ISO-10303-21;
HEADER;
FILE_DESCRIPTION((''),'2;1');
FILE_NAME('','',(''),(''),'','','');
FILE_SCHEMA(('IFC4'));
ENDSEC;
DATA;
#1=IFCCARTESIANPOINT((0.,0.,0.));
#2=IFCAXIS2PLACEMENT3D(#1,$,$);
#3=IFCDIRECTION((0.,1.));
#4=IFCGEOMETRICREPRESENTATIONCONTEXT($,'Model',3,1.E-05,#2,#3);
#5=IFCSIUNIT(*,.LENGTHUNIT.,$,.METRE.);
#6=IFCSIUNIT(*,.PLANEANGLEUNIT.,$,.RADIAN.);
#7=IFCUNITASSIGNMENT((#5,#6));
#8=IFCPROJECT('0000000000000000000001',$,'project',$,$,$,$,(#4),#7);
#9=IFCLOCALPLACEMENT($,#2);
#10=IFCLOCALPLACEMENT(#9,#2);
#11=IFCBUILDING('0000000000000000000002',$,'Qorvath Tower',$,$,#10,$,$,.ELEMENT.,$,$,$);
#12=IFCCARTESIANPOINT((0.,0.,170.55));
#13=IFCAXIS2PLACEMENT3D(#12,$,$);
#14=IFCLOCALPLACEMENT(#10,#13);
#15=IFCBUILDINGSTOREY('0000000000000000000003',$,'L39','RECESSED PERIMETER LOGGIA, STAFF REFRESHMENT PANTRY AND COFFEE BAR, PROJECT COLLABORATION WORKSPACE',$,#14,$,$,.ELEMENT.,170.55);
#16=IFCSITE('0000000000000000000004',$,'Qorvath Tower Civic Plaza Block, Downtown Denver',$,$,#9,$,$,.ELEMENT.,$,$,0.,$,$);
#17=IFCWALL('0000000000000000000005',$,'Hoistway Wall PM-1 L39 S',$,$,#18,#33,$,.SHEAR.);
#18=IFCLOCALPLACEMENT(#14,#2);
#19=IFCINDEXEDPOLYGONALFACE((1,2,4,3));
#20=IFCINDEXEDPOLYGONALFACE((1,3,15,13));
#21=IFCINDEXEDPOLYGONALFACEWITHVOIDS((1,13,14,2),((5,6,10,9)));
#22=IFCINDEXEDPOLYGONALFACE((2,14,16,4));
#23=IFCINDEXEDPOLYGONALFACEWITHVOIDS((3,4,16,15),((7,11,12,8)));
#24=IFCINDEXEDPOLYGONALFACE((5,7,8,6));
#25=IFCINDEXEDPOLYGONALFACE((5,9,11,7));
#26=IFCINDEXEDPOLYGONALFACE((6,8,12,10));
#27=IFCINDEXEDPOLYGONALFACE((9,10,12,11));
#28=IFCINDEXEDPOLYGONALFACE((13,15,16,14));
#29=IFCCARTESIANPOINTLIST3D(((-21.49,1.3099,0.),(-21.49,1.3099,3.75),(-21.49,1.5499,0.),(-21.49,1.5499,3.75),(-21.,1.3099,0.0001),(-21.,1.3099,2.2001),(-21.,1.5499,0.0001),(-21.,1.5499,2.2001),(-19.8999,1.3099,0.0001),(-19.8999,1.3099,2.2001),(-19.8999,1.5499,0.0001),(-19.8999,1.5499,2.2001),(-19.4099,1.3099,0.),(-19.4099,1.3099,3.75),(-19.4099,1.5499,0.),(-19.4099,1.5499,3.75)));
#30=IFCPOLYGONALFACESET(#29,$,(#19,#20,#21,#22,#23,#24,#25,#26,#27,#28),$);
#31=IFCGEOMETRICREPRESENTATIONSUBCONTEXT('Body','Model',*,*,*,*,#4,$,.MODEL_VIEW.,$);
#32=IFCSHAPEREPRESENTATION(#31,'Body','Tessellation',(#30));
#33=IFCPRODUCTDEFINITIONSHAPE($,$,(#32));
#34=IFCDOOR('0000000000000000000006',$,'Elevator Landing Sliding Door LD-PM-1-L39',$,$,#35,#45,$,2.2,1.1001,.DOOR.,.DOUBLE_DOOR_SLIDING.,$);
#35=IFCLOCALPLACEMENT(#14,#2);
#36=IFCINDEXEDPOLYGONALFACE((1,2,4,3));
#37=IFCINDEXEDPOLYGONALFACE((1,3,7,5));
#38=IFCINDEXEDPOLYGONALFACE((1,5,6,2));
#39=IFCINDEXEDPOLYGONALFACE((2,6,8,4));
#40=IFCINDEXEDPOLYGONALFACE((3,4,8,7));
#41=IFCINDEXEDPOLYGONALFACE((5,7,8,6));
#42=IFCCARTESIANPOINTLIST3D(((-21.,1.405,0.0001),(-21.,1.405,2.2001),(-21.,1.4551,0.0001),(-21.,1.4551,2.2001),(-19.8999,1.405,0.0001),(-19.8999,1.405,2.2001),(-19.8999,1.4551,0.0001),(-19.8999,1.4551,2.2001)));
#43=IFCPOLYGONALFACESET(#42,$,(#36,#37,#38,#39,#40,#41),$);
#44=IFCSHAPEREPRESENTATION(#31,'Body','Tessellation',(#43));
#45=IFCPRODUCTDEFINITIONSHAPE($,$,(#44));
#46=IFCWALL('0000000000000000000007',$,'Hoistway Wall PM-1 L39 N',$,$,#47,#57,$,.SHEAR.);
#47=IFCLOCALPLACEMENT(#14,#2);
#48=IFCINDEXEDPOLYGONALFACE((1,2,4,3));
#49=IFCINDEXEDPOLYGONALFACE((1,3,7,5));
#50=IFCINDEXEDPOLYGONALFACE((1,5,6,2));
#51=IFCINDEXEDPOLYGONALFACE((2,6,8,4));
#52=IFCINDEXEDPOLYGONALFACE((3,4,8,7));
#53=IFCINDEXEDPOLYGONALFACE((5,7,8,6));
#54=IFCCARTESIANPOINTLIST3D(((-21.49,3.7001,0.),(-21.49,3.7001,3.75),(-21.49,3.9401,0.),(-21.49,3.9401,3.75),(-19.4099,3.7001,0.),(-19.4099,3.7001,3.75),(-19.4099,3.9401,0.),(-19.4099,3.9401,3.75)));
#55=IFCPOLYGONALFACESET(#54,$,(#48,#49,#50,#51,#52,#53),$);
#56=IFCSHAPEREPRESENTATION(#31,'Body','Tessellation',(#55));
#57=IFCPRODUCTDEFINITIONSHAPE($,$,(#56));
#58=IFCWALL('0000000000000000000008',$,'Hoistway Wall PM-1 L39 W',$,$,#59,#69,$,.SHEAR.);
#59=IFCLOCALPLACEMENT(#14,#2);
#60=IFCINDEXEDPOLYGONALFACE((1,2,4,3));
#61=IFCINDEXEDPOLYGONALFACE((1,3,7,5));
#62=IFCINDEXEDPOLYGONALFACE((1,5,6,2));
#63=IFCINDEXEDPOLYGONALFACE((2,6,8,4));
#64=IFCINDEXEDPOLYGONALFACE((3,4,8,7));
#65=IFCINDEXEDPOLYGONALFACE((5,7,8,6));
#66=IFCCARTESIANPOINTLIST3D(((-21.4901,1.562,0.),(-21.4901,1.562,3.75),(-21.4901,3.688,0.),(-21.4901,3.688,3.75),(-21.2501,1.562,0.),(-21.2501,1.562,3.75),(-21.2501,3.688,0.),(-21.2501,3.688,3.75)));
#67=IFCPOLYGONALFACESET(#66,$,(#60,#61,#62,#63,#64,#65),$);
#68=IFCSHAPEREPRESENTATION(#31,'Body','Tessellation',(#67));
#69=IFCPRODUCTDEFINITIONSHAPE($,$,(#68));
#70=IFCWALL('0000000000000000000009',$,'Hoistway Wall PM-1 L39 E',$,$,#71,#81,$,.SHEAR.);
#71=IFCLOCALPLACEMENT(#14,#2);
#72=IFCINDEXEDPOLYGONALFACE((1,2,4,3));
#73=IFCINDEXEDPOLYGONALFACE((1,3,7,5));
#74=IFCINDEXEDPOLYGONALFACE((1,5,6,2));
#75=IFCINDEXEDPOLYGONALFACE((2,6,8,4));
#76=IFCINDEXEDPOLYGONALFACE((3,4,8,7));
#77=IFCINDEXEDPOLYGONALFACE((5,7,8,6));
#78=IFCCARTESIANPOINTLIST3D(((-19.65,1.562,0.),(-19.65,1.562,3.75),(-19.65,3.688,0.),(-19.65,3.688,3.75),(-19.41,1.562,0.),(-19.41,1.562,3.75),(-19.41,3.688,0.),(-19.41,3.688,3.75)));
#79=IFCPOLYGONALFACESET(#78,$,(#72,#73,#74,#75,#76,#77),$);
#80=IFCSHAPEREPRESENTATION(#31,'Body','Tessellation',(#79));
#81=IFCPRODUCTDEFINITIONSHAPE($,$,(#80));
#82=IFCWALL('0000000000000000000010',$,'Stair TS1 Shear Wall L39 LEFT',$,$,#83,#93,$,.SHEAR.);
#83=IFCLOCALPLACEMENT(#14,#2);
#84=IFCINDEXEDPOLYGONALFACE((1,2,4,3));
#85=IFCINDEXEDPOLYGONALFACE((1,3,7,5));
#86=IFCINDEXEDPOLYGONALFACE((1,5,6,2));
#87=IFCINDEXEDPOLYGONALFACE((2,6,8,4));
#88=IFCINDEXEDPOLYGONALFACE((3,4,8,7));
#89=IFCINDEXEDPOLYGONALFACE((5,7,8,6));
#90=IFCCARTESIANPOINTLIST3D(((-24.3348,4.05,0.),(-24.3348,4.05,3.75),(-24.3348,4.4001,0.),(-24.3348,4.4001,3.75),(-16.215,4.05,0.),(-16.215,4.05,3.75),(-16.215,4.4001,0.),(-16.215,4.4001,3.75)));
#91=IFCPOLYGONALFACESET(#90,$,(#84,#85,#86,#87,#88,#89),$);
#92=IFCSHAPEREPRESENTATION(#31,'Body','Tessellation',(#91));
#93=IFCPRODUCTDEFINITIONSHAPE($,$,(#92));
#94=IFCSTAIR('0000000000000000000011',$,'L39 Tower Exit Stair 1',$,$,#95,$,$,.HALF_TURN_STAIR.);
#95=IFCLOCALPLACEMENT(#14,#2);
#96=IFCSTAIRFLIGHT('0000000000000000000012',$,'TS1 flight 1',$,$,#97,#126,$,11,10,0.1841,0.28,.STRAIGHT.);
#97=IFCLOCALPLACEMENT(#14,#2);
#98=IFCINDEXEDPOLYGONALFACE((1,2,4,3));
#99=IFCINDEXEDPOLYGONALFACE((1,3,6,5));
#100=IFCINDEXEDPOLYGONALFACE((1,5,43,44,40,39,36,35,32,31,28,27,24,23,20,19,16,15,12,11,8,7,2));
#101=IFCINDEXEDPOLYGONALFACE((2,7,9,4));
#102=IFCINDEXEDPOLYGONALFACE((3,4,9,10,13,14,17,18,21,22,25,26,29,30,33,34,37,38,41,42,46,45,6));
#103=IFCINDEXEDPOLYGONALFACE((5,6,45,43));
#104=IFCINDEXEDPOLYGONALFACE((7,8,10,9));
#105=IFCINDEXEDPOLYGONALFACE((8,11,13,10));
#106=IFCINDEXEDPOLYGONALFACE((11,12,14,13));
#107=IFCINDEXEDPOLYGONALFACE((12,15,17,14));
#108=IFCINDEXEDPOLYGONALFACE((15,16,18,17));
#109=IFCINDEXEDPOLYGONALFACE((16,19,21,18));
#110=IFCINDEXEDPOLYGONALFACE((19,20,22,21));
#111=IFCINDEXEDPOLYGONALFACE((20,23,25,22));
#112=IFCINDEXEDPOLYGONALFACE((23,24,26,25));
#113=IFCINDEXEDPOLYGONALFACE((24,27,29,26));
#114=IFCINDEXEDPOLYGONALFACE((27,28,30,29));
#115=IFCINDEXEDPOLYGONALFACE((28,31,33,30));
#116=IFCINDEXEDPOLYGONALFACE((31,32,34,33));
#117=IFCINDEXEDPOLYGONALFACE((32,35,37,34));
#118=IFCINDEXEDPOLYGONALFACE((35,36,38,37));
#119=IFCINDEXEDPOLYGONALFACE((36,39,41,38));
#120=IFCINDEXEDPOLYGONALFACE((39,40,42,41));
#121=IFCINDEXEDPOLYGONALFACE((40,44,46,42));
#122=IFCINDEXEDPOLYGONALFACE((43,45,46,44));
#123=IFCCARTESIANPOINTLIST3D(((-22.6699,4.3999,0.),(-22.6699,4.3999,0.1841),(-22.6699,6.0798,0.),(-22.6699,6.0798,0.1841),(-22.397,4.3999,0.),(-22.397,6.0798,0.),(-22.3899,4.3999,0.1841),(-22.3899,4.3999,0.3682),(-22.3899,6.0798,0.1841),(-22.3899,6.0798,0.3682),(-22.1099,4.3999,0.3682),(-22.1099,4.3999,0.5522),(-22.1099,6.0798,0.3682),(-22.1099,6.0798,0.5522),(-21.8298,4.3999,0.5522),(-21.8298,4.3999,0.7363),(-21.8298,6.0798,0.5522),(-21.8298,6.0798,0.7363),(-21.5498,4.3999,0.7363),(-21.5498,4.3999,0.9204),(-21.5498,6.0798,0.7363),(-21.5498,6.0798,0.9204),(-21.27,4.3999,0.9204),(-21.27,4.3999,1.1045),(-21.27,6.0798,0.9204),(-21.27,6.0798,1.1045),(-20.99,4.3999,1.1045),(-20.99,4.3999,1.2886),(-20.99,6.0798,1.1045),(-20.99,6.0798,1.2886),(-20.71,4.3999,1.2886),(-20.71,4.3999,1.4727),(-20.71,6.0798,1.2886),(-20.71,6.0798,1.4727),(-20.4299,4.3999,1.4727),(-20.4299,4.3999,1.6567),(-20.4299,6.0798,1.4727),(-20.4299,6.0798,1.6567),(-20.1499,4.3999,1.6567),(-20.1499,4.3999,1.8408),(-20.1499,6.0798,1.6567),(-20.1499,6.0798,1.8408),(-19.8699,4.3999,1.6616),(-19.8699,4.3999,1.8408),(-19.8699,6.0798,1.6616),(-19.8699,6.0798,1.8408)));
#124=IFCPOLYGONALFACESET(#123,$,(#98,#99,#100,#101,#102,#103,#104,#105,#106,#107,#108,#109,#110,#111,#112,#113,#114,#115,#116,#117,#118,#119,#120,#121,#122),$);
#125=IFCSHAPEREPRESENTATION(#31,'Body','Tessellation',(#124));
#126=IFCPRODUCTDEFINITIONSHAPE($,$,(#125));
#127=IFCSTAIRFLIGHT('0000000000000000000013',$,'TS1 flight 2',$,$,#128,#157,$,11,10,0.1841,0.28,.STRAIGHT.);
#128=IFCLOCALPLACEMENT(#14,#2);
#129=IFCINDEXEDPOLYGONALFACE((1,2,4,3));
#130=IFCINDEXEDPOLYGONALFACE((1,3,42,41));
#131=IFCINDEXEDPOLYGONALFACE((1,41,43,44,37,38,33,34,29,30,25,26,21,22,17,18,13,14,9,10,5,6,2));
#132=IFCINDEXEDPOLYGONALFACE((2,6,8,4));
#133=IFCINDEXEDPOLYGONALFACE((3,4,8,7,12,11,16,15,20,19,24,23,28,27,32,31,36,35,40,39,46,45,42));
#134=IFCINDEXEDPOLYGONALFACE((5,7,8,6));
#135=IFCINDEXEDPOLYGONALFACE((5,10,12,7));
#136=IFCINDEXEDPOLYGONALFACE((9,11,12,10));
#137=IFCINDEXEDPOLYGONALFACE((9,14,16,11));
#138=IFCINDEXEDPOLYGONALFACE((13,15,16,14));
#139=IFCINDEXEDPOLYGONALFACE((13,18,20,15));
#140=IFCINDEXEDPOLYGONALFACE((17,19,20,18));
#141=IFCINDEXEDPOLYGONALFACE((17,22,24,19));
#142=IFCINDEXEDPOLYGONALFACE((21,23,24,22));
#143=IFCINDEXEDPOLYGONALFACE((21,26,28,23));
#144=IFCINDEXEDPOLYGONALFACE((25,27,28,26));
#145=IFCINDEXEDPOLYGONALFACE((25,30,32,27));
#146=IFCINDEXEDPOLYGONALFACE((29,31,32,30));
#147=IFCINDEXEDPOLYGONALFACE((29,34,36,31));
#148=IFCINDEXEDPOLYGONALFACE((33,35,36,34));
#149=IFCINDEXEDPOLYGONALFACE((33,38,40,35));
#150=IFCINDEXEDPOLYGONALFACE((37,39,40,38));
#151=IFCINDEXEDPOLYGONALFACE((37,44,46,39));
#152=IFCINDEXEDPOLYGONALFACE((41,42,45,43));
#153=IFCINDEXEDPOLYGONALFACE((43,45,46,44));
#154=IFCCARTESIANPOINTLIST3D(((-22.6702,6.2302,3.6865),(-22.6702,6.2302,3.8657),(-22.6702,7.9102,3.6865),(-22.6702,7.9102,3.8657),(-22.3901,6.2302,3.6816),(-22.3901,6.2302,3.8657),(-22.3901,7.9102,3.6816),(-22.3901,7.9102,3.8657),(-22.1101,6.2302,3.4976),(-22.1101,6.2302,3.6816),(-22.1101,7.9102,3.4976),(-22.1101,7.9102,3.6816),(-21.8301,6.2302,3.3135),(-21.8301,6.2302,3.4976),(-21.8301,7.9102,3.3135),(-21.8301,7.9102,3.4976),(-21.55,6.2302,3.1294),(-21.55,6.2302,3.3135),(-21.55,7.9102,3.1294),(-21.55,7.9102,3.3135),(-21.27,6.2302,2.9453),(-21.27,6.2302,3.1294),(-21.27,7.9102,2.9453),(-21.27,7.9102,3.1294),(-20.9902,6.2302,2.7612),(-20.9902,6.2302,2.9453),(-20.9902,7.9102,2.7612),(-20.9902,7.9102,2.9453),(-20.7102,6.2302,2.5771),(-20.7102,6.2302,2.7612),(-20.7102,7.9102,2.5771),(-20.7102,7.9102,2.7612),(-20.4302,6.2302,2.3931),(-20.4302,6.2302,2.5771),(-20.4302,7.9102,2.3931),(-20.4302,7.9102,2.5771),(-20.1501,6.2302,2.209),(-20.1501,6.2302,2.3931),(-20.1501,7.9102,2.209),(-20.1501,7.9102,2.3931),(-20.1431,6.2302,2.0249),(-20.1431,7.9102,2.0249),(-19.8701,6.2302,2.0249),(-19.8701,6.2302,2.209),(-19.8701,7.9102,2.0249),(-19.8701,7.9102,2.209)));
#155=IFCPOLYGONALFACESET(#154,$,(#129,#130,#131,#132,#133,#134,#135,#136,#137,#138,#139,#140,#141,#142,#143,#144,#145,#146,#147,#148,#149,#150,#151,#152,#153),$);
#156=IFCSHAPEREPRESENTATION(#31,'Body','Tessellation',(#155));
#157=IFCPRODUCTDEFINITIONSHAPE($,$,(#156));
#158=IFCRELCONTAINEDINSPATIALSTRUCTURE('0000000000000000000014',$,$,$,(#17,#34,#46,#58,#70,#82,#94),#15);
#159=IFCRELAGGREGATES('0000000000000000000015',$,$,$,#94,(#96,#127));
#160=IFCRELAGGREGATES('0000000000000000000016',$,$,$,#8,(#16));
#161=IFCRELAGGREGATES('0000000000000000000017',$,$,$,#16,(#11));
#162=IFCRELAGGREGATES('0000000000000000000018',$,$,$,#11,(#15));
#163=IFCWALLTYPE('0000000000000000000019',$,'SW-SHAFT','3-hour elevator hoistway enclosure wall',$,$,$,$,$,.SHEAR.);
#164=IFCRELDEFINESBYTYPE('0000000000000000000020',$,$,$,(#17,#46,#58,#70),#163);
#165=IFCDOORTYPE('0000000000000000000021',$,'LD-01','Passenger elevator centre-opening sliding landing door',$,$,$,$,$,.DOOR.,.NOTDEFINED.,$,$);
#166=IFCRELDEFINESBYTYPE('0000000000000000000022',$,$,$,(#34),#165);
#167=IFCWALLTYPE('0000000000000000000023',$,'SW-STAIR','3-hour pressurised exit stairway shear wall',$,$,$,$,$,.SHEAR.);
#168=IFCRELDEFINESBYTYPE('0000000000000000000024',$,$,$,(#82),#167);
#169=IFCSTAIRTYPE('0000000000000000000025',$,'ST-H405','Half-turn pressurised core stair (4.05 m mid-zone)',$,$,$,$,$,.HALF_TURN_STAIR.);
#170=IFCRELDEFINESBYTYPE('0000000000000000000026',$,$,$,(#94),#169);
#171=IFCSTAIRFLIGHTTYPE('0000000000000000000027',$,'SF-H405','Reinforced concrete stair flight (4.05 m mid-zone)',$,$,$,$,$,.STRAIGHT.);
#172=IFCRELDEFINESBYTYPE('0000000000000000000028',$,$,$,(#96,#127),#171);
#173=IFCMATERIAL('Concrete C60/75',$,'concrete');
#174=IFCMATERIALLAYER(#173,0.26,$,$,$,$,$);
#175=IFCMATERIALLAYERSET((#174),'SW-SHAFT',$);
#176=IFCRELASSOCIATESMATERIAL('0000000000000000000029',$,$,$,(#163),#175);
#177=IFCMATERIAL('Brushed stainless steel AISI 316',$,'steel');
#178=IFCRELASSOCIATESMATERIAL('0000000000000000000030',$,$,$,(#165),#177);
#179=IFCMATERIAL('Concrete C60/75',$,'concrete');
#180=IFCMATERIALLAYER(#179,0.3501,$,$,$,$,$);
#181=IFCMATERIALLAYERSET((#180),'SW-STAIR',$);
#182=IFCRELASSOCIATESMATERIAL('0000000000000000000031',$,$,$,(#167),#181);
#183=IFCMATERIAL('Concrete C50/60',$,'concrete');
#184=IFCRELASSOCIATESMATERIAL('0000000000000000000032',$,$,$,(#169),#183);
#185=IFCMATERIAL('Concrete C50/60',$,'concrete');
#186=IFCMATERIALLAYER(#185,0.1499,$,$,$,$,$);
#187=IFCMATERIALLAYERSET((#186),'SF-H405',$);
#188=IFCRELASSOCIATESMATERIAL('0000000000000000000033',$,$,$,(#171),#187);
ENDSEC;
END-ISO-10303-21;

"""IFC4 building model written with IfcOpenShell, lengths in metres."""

from ifc_helpers import new_model, si_unit, direction, frame, frame_2d, origin, place, context, subcontext, project, spatial, polyline, rectangle, outline, extrude, material, layer, layer_set, type_object, element, fill, aggregate, save


model = new_model("IFC4")

# Units and contexts
model_context = context("Model", 3, precision=1e-05, world=origin(), true_north=direction((0.0, 1.0)))
body_context = subcontext(model_context, "Body", "Model", "MODEL_VIEW")
ifc_project = project(units=[si_unit("LENGTHUNIT", "METRE"), si_unit("PLANEANGLEUNIT", "RADIAN")], contexts=[model_context])

# Site, building, storey
site_placement = place(None, origin())
site = spatial("IfcSite", under=ifc_project, at=site_placement, Name="Qorvath Tower Civic Plaza Block, Downtown Denver", CompositionType="ELEMENT", RefElevation=0.0)
building_placement = place(site_placement, origin())
building = spatial("IfcBuilding", under=site, at=building_placement, Name="Qorvath Tower", CompositionType="ELEMENT")
storey_placement = place(building_placement, frame((0.0, 0.0, 170.55)))
storey = spatial("IfcBuildingStorey", under=building, at=storey_placement, Name="L39", Description="RECESSED PERIMETER LOGGIA, STAFF REFRESHMENT PANTRY AND COFFEE BAR, PROJECT COLLABORATION WORKSPACE", CompositionType="ELEMENT", Elevation=170.55)

# Shared definitions
ifc_material_1 = material(Name="Concrete C60/75", Category="concrete")
ifc_layer_1 = layer(ifc_material_1, 0.26)
ifc_layer_set_1 = layer_set([ifc_layer_1], Name="SW-SHAFT")
wall_type_1 = type_object("IfcWallType", Name="SW-SHAFT", Description="3-hour elevator hoistway enclosure wall", PredefinedType="SHEAR", material=ifc_layer_set_1)

# Wall, opening, door
wall_1_placement = place(storey_placement, frame((-19.4099, 1.4299, 0.0), z_axis=(0.0, 0.0, 1.0), x_axis=(-1.0, 0.0, 0.0)))
wall_1 = element("IfcWall", 1, at=wall_1_placement, inside=storey, type_object=wall_type_1, Name="Hoistway Wall PM-1 L39 S", PredefinedType="SHEAR", context=body_context, shape_type="SweptSolid", body=[
    extrude(rectangle(XDim=2.0801, YDim=0.24, at=frame_2d((1.04, 0.0))), origin(), (0.0, 0.0, 1.0), 3.75),
])
opening_1_placement = place(wall_1_placement, frame((0.49, 0.0, 0.0)))
opening_1 = element("IfcOpeningElement", 2, at=opening_1_placement, cuts=wall_1, PredefinedType="OPENING", context=body_context, shape_type="SweptSolid", body=[
    extrude(rectangle(XDim=1.1001, YDim=2.2, at=frame_2d((0.55, 1.1001))), frame((0.0, 0.1299, 0.0), z_axis=(0.0, -1.0, 0.0), x_axis=(1.0, 0.0, 0.0)), (0.0, 0.0, 1.0), 0.26),
])
ifc_material_2 = material(Name="Brushed stainless steel AISI 316", Category="steel")
door_type_1 = type_object("IfcDoorType", Name="LD-01", Description="Passenger elevator centre-opening sliding landing door", OperationType="NOTDEFINED", PredefinedType="DOOR", material=ifc_material_2)
door_1_placement = place(opening_1_placement, origin())
door_1 = element("IfcDoor", 3, at=door_1_placement, inside=storey, type_object=door_type_1, Name="Elevator Landing Sliding Door LD-PM-1-L39", OperationType="DOUBLE_DOOR_SLIDING", OverallHeight=2.2, OverallWidth=1.1001, PredefinedType="DOOR", context=body_context, shape_type="SweptSolid", body=[
    extrude(rectangle(XDim=1.1001, YDim=2.2, at=frame_2d((0.55, 1.1001))), frame((0.0, 0.0249, 0.0), z_axis=(0.0, -1.0, 0.0), x_axis=(1.0, 0.0, 0.0)), (0.0, 0.0, 1.0), 0.05),
])
fill(opening_1, door_1)

# Walls
wall_2_placement = place(storey_placement, frame((-21.49, 3.8201, 0.0), z_axis=(0.0, 0.0, 1.0), x_axis=(1.0, 0.0, 0.0)))
element("IfcWall", 4, at=wall_2_placement, inside=storey, type_object=wall_type_1, Name="Hoistway Wall PM-1 L39 N", PredefinedType="SHEAR", context=body_context, shape_type="SweptSolid", body=[
    extrude(rectangle(XDim=2.0801, YDim=0.24, at=frame_2d((1.04, 0.0))), origin(), (0.0, 0.0, 1.0), 3.75),
])
for number, where, z_axis, x_axis, name in (
    (5, (-21.3701, 1.562, 0.0), (0.0, 0.0, 1.0), (0.0, 1.0, 0.0), "Hoistway Wall PM-1 L39 W"),
    (6, (-19.53, 3.688, 0.0), (0.0, 0.0, 1.0), (0.0, -1.0, 0.0), "Hoistway Wall PM-1 L39 E"),
):
    element("IfcWall", number, at=place(storey_placement, frame(where, z_axis=z_axis, x_axis=x_axis)), inside=storey, type_object=wall_type_1, Name=name, PredefinedType="SHEAR", context=body_context, shape_type="SweptSolid", body=[
        extrude(rectangle(XDim=2.126, YDim=0.24, at=frame_2d((1.063, 0.0))), origin(), (0.0, 0.0, 1.0), 3.75),
    ])
ifc_material_3 = material(Name="Concrete C60/75", Category="concrete")
ifc_layer_2 = layer(ifc_material_3, 0.3501)
ifc_layer_set_2 = layer_set([ifc_layer_2], Name="SW-STAIR")
wall_type_2 = type_object("IfcWallType", Name="SW-STAIR", Description="3-hour pressurised exit stairway shear wall", PredefinedType="SHEAR", material=ifc_layer_set_2)
wall_3_placement = place(storey_placement, frame((-24.335, 4.2251, 0.0), z_axis=(0.0, 0.0, 1.0), x_axis=(1.0, 0.0, 0.0)))
element("IfcWall", 7, at=wall_3_placement, inside=storey, type_object=wall_type_2, Name="Stair TS1 Shear Wall L39 LEFT", PredefinedType="SHEAR", context=body_context, shape_type="SweptSolid", body=[
    extrude(rectangle(XDim=8.1199, YDim=0.3501, at=frame_2d((4.0601, 0.0))), origin(), (0.0, 0.0, 1.0), 3.75),
])

# Stair, stair flights
ifc_material_4 = material(Name="Concrete C50/60", Category="concrete")
stair_type = type_object("IfcStairType", Name="ST-H405", Description="Half-turn pressurised core stair (4.05 m mid-zone)", PredefinedType="HALF_TURN_STAIR", material=ifc_material_4)
stair_placement = place(storey_placement, origin())
stair = element("IfcStair", 8, at=stair_placement, inside=storey, type_object=stair_type, Name="L39 Tower Exit Stair 1", PredefinedType="HALF_TURN_STAIR")
ifc_material_5 = material(Name="Concrete C50/60", Category="concrete")
ifc_layer_3 = layer(ifc_material_5, 0.1499)
ifc_layer_set_3 = layer_set([ifc_layer_3], Name="SF-H405")
stair_flight_type = type_object("IfcStairFlightType", Name="SF-H405", Description="Reinforced concrete stair flight (4.05 m mid-zone)", PredefinedType="STRAIGHT", material=ifc_layer_set_3)
stair_flight_1_placement = place(storey_placement, frame((-22.6699, 5.24, 0.0), z_axis=(0.0, 0.0, 1.0), x_axis=(1.0, 0.0, 0.0)))
stair_flight_1 = element("IfcStairFlight", 9, at=stair_flight_1_placement, type_object=stair_flight_type, Name="TS1 flight 1", NumberOfRisers=11, NumberOfTreads=10, PredefinedType="STRAIGHT", RiserHeight=0.1841, TreadLength=0.28, context=body_context, shape_type="SweptSolid", body=[
    extrude(outline(polyline([(0.0, 0.0), (0.0, 0.1841), (0.28, 0.1841), (0.28, 0.3682), (0.5601, 0.3682), (0.5601, 0.5522), (0.8401, 0.5522), (0.8401, 0.7363), (1.1201, 0.7363), (1.1201, 0.9204), (1.3999, 0.9204), (1.3999, 1.1045), (1.6799, 1.1045), (1.6799, 1.2886), (1.96, 1.2886), (1.96, 1.4727), (2.24, 1.4727), (2.24, 1.6567), (2.52, 1.6567), (2.52, 1.8408), (2.8, 1.8408), (2.8, 2.0249), (2.8, 1.6616), (0.2729, 0.0), (0.0, 0.0)])), frame((0.0, 0.8398, 0.0), z_axis=(0.0, -1.0, 0.0), x_axis=(1.0, 0.0, 0.0)), (0.0, 0.0, 1.0), 1.6799),
])
stair_flight_2_placement = place(storey_placement, frame((-19.8701, 7.0701, 2.0249), z_axis=(0.0, 0.0, 1.0), x_axis=(-1.0, 0.0, 0.0)))
stair_flight_2 = element("IfcStairFlight", 10, at=stair_flight_2_placement, type_object=stair_flight_type, Name="TS1 flight 2", NumberOfRisers=11, NumberOfTreads=10, PredefinedType="STRAIGHT", RiserHeight=0.1841, TreadLength=0.28, context=body_context, shape_type="SweptSolid", body=[
    extrude(outline(polyline([(0.0, 0.0), (0.0, 0.1841), (0.28, 0.1841), (0.28, 0.3682), (0.5601, 0.3682), (0.5601, 0.5522), (0.8401, 0.5522), (0.8401, 0.7363), (1.1201, 0.7363), (1.1201, 0.9204), (1.3999, 0.9204), (1.3999, 1.1045), (1.6799, 1.1045), (1.6799, 1.2886), (1.96, 1.2886), (1.96, 1.4727), (2.24, 1.4727), (2.24, 1.6567), (2.52, 1.6567), (2.52, 1.8408), (2.8, 1.8408), (2.8, 2.0249), (2.8, 1.6616), (0.2729, 0.0), (0.0, 0.0)])), frame((0.0, 0.8398, 0.0), z_axis=(0.0, -1.0, 0.0), x_axis=(1.0, 0.0, 0.0)), (0.0, 0.0, 1.0), 1.6799),
])
aggregate(stair, [stair_flight_1, stair_flight_2])

save(model, "model.ifc")
